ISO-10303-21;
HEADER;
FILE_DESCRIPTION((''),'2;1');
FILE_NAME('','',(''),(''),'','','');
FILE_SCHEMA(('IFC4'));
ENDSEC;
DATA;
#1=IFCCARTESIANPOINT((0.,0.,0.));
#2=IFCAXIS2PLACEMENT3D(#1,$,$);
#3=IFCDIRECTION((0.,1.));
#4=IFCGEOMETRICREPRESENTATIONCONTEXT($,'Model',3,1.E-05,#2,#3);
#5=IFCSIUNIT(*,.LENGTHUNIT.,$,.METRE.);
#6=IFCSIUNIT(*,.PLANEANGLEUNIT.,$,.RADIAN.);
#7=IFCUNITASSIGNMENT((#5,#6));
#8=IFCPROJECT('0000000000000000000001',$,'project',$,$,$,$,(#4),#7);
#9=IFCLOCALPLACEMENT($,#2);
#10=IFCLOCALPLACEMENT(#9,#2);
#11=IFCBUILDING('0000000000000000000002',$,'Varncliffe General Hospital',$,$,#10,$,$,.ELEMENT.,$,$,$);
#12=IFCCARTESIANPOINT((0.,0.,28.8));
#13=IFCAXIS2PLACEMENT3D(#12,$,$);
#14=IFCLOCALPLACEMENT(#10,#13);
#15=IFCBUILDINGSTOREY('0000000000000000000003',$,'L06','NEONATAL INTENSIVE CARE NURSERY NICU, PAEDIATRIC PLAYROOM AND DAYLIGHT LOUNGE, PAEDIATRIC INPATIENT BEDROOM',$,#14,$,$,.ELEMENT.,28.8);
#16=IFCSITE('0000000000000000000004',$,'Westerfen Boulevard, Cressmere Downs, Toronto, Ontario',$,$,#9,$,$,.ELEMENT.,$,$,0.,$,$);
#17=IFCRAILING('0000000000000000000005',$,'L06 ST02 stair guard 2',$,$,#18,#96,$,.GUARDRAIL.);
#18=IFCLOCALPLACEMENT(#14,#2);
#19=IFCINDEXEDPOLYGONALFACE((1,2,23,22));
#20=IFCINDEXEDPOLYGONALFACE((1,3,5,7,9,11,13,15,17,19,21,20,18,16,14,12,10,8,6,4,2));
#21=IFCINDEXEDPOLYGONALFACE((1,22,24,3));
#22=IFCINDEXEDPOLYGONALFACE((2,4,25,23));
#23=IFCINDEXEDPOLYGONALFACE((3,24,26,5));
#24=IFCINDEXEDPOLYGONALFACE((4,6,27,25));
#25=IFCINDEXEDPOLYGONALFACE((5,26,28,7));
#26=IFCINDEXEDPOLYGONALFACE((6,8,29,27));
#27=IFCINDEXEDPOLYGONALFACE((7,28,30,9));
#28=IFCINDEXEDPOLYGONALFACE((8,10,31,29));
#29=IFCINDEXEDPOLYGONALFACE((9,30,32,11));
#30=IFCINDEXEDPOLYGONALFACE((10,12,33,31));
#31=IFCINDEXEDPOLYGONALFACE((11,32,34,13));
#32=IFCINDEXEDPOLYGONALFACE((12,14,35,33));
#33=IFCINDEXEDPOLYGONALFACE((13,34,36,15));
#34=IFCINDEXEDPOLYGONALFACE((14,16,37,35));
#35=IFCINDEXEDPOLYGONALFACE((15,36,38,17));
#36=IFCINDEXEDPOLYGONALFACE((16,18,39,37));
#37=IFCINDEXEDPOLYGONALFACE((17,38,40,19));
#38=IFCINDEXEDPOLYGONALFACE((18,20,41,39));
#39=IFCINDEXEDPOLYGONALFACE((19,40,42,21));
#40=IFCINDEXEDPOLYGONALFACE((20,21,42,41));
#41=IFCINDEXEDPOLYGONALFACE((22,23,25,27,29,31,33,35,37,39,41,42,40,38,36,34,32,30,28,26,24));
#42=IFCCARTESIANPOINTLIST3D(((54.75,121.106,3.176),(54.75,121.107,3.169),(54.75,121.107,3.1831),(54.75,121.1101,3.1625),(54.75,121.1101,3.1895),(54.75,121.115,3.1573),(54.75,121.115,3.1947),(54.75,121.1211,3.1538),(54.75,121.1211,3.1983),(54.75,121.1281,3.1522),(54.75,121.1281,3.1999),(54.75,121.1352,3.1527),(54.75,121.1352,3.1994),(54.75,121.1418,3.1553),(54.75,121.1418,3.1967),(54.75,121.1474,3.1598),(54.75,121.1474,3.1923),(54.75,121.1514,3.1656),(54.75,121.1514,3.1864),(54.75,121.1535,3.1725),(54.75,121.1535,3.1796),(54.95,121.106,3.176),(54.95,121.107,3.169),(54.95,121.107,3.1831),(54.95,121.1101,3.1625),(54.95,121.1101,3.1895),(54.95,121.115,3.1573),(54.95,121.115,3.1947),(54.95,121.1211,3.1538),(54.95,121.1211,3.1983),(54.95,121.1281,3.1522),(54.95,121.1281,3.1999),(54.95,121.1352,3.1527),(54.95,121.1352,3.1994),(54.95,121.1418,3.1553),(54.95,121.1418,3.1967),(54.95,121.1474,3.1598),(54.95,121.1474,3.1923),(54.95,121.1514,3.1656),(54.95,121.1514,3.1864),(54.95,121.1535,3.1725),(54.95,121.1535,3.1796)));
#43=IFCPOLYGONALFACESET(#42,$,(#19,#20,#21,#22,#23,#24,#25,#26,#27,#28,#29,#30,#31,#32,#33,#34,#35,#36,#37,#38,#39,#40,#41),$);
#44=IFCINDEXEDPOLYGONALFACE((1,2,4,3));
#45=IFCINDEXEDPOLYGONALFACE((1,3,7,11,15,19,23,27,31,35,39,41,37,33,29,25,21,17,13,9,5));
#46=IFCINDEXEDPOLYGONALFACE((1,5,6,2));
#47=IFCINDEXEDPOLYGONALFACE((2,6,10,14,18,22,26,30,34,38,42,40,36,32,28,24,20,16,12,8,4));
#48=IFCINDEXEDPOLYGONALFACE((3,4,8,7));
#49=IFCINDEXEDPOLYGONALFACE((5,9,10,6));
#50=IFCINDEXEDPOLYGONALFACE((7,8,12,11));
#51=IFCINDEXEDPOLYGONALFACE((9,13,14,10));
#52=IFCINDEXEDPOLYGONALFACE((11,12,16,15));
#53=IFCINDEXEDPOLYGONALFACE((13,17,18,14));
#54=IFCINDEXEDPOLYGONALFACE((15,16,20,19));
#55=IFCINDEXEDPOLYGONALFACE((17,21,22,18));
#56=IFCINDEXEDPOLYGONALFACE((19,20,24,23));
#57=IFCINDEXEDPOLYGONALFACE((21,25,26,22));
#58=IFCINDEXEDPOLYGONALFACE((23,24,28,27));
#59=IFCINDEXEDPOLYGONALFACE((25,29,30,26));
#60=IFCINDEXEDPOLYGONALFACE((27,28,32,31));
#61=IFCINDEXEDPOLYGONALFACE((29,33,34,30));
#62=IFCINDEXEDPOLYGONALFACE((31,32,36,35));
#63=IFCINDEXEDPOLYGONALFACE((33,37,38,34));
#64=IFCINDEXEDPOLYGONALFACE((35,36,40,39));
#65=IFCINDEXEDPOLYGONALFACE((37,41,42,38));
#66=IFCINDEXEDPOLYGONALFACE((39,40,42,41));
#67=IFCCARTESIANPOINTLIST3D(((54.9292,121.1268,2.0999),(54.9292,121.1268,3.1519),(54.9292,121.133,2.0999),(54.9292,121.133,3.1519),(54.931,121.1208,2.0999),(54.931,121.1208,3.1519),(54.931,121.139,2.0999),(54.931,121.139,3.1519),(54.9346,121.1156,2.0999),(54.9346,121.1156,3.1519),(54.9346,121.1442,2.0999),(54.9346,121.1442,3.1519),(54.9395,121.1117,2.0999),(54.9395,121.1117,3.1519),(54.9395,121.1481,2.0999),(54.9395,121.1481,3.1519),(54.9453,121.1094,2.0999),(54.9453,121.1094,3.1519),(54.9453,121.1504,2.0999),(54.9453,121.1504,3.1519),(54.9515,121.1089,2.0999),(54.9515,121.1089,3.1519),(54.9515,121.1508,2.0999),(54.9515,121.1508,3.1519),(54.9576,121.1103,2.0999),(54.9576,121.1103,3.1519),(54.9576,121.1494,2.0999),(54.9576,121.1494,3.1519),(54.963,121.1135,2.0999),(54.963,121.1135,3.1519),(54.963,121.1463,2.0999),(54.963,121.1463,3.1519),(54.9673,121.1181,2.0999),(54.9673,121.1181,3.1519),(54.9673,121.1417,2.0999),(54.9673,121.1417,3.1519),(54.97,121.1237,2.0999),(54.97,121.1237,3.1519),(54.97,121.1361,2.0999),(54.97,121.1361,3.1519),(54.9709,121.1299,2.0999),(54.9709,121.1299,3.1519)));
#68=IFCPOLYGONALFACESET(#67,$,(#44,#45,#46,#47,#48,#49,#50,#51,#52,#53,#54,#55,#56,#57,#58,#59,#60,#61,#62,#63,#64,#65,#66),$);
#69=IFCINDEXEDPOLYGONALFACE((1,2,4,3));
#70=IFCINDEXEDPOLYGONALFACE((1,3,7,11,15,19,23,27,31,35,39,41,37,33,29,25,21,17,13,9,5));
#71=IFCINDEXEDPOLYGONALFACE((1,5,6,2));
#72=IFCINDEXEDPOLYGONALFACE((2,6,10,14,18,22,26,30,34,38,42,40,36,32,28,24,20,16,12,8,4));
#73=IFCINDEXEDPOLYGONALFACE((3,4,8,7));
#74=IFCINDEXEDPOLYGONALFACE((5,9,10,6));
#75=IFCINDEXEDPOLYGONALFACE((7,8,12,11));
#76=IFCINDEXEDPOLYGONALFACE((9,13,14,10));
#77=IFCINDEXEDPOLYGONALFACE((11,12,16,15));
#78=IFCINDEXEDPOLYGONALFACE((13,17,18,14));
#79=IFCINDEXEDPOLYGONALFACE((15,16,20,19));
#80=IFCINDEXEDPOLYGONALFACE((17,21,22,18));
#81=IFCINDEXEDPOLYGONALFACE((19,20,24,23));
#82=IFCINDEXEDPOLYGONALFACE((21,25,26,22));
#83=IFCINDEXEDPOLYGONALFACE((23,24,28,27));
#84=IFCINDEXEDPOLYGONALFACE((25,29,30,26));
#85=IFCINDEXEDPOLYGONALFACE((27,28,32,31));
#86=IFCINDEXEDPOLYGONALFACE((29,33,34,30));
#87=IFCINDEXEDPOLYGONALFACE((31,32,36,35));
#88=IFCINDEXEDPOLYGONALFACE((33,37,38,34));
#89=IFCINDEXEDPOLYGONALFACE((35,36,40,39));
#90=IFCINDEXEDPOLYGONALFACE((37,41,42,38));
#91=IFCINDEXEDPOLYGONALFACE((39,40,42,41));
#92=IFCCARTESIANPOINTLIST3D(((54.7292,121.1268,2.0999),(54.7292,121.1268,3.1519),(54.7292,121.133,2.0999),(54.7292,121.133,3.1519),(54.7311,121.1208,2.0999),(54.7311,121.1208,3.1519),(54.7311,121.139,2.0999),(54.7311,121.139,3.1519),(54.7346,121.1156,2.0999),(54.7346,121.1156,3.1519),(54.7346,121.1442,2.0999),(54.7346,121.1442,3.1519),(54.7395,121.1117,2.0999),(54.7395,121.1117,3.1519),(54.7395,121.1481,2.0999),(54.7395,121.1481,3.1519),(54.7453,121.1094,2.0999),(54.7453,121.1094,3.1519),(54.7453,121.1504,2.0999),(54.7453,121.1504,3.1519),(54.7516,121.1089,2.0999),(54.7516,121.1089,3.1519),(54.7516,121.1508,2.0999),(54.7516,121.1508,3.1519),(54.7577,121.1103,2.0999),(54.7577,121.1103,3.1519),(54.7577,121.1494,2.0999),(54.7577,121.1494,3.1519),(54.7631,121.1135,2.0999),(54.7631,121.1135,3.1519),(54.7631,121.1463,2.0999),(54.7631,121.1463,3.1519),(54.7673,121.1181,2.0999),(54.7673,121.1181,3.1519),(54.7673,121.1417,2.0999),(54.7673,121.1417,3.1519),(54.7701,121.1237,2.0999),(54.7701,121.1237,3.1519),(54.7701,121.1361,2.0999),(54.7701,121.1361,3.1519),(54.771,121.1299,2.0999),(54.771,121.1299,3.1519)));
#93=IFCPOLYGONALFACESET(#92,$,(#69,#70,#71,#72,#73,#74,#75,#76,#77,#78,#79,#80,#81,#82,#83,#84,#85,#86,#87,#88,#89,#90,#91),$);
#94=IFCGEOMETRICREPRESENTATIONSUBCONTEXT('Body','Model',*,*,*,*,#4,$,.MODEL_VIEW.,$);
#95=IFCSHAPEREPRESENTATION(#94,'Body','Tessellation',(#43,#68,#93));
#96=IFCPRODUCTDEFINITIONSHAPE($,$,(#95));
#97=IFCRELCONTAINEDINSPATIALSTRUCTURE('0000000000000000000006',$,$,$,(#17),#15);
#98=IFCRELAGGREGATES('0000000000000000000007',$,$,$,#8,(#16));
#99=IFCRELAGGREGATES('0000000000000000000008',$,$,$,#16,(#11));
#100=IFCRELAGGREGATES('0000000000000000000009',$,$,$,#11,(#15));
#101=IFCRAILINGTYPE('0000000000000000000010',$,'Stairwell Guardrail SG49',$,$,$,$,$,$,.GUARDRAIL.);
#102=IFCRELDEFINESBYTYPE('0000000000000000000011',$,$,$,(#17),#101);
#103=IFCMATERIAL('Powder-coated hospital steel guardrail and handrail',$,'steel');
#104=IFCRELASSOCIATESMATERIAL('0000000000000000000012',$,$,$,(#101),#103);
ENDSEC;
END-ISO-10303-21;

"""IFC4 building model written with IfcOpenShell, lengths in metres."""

from ifc_helpers import new_model, si_unit, direction, frame, origin, origin_2d, place, context, subcontext, project, spatial, circle, extrude, material, type_object, element, save


model = new_model("IFC4")

# Units and contexts
model_context = context("Model", 3, precision=1e-05, world=origin(), true_north=direction((0.0, 1.0)))
body_context = subcontext(model_context, "Body", "Model", "MODEL_VIEW")
ifc_project = project(units=[si_unit("LENGTHUNIT", "METRE"), si_unit("PLANEANGLEUNIT", "RADIAN")], contexts=[model_context])

# Site, building, storey
site_placement = place(None, origin())
site = spatial("IfcSite", under=ifc_project, at=site_placement, Name="Westerfen Boulevard, Cressmere Downs, Toronto, Ontario", CompositionType="ELEMENT", RefElevation=0.0)
building_placement = place(site_placement, origin())
building = spatial("IfcBuilding", under=site, at=building_placement, Name="Varncliffe General Hospital", CompositionType="ELEMENT")
storey_placement = place(building_placement, frame((0.0, 0.0, 28.8)))
storey = spatial("IfcBuildingStorey", under=building, at=storey_placement, Name="L06", Description="NEONATAL INTENSIVE CARE NURSERY NICU, PAEDIATRIC PLAYROOM AND DAYLIGHT LOUNGE, PAEDIATRIC INPATIENT BEDROOM", CompositionType="ELEMENT", Elevation=28.8)

# Railing
ifc_material_1 = material(Name="Powder-coated hospital steel guardrail and handrail", Category="steel")
railing_type_1 = type_object("IfcRailingType", Name="Stairwell Guardrail SG49", PredefinedType="GUARDRAIL", material=ifc_material_1)
railing_1_placement = place(storey_placement, frame((54.95, 121.1299, 2.0999)))
element("IfcRailing", 1, at=railing_1_placement, inside=storey, type_object=railing_type_1, Name="L06 ST02 stair guard 2", PredefinedType="GUARDRAIL", context=body_context, shape_type="SweptSolid", body=[
    extrude(circle(Radius=0.0239, at=origin_2d()), frame((0.0, 0.0, 1.0762), z_axis=(-1.0, 0.0, 0.0), x_axis=(0.0, -1.0, 0.0)), (0.0, 0.0, 1.0), 0.2),
    extrude(circle(Radius=0.021, at=origin_2d()), origin(), (0.0, 0.0, 1.0), 1.052),
    extrude(circle(Radius=0.021, at=origin_2d()), frame((-0.2, 0.0, 0.0)), (0.0, 0.0, 1.0), 1.052),
])

save(model, "model.ifc")
